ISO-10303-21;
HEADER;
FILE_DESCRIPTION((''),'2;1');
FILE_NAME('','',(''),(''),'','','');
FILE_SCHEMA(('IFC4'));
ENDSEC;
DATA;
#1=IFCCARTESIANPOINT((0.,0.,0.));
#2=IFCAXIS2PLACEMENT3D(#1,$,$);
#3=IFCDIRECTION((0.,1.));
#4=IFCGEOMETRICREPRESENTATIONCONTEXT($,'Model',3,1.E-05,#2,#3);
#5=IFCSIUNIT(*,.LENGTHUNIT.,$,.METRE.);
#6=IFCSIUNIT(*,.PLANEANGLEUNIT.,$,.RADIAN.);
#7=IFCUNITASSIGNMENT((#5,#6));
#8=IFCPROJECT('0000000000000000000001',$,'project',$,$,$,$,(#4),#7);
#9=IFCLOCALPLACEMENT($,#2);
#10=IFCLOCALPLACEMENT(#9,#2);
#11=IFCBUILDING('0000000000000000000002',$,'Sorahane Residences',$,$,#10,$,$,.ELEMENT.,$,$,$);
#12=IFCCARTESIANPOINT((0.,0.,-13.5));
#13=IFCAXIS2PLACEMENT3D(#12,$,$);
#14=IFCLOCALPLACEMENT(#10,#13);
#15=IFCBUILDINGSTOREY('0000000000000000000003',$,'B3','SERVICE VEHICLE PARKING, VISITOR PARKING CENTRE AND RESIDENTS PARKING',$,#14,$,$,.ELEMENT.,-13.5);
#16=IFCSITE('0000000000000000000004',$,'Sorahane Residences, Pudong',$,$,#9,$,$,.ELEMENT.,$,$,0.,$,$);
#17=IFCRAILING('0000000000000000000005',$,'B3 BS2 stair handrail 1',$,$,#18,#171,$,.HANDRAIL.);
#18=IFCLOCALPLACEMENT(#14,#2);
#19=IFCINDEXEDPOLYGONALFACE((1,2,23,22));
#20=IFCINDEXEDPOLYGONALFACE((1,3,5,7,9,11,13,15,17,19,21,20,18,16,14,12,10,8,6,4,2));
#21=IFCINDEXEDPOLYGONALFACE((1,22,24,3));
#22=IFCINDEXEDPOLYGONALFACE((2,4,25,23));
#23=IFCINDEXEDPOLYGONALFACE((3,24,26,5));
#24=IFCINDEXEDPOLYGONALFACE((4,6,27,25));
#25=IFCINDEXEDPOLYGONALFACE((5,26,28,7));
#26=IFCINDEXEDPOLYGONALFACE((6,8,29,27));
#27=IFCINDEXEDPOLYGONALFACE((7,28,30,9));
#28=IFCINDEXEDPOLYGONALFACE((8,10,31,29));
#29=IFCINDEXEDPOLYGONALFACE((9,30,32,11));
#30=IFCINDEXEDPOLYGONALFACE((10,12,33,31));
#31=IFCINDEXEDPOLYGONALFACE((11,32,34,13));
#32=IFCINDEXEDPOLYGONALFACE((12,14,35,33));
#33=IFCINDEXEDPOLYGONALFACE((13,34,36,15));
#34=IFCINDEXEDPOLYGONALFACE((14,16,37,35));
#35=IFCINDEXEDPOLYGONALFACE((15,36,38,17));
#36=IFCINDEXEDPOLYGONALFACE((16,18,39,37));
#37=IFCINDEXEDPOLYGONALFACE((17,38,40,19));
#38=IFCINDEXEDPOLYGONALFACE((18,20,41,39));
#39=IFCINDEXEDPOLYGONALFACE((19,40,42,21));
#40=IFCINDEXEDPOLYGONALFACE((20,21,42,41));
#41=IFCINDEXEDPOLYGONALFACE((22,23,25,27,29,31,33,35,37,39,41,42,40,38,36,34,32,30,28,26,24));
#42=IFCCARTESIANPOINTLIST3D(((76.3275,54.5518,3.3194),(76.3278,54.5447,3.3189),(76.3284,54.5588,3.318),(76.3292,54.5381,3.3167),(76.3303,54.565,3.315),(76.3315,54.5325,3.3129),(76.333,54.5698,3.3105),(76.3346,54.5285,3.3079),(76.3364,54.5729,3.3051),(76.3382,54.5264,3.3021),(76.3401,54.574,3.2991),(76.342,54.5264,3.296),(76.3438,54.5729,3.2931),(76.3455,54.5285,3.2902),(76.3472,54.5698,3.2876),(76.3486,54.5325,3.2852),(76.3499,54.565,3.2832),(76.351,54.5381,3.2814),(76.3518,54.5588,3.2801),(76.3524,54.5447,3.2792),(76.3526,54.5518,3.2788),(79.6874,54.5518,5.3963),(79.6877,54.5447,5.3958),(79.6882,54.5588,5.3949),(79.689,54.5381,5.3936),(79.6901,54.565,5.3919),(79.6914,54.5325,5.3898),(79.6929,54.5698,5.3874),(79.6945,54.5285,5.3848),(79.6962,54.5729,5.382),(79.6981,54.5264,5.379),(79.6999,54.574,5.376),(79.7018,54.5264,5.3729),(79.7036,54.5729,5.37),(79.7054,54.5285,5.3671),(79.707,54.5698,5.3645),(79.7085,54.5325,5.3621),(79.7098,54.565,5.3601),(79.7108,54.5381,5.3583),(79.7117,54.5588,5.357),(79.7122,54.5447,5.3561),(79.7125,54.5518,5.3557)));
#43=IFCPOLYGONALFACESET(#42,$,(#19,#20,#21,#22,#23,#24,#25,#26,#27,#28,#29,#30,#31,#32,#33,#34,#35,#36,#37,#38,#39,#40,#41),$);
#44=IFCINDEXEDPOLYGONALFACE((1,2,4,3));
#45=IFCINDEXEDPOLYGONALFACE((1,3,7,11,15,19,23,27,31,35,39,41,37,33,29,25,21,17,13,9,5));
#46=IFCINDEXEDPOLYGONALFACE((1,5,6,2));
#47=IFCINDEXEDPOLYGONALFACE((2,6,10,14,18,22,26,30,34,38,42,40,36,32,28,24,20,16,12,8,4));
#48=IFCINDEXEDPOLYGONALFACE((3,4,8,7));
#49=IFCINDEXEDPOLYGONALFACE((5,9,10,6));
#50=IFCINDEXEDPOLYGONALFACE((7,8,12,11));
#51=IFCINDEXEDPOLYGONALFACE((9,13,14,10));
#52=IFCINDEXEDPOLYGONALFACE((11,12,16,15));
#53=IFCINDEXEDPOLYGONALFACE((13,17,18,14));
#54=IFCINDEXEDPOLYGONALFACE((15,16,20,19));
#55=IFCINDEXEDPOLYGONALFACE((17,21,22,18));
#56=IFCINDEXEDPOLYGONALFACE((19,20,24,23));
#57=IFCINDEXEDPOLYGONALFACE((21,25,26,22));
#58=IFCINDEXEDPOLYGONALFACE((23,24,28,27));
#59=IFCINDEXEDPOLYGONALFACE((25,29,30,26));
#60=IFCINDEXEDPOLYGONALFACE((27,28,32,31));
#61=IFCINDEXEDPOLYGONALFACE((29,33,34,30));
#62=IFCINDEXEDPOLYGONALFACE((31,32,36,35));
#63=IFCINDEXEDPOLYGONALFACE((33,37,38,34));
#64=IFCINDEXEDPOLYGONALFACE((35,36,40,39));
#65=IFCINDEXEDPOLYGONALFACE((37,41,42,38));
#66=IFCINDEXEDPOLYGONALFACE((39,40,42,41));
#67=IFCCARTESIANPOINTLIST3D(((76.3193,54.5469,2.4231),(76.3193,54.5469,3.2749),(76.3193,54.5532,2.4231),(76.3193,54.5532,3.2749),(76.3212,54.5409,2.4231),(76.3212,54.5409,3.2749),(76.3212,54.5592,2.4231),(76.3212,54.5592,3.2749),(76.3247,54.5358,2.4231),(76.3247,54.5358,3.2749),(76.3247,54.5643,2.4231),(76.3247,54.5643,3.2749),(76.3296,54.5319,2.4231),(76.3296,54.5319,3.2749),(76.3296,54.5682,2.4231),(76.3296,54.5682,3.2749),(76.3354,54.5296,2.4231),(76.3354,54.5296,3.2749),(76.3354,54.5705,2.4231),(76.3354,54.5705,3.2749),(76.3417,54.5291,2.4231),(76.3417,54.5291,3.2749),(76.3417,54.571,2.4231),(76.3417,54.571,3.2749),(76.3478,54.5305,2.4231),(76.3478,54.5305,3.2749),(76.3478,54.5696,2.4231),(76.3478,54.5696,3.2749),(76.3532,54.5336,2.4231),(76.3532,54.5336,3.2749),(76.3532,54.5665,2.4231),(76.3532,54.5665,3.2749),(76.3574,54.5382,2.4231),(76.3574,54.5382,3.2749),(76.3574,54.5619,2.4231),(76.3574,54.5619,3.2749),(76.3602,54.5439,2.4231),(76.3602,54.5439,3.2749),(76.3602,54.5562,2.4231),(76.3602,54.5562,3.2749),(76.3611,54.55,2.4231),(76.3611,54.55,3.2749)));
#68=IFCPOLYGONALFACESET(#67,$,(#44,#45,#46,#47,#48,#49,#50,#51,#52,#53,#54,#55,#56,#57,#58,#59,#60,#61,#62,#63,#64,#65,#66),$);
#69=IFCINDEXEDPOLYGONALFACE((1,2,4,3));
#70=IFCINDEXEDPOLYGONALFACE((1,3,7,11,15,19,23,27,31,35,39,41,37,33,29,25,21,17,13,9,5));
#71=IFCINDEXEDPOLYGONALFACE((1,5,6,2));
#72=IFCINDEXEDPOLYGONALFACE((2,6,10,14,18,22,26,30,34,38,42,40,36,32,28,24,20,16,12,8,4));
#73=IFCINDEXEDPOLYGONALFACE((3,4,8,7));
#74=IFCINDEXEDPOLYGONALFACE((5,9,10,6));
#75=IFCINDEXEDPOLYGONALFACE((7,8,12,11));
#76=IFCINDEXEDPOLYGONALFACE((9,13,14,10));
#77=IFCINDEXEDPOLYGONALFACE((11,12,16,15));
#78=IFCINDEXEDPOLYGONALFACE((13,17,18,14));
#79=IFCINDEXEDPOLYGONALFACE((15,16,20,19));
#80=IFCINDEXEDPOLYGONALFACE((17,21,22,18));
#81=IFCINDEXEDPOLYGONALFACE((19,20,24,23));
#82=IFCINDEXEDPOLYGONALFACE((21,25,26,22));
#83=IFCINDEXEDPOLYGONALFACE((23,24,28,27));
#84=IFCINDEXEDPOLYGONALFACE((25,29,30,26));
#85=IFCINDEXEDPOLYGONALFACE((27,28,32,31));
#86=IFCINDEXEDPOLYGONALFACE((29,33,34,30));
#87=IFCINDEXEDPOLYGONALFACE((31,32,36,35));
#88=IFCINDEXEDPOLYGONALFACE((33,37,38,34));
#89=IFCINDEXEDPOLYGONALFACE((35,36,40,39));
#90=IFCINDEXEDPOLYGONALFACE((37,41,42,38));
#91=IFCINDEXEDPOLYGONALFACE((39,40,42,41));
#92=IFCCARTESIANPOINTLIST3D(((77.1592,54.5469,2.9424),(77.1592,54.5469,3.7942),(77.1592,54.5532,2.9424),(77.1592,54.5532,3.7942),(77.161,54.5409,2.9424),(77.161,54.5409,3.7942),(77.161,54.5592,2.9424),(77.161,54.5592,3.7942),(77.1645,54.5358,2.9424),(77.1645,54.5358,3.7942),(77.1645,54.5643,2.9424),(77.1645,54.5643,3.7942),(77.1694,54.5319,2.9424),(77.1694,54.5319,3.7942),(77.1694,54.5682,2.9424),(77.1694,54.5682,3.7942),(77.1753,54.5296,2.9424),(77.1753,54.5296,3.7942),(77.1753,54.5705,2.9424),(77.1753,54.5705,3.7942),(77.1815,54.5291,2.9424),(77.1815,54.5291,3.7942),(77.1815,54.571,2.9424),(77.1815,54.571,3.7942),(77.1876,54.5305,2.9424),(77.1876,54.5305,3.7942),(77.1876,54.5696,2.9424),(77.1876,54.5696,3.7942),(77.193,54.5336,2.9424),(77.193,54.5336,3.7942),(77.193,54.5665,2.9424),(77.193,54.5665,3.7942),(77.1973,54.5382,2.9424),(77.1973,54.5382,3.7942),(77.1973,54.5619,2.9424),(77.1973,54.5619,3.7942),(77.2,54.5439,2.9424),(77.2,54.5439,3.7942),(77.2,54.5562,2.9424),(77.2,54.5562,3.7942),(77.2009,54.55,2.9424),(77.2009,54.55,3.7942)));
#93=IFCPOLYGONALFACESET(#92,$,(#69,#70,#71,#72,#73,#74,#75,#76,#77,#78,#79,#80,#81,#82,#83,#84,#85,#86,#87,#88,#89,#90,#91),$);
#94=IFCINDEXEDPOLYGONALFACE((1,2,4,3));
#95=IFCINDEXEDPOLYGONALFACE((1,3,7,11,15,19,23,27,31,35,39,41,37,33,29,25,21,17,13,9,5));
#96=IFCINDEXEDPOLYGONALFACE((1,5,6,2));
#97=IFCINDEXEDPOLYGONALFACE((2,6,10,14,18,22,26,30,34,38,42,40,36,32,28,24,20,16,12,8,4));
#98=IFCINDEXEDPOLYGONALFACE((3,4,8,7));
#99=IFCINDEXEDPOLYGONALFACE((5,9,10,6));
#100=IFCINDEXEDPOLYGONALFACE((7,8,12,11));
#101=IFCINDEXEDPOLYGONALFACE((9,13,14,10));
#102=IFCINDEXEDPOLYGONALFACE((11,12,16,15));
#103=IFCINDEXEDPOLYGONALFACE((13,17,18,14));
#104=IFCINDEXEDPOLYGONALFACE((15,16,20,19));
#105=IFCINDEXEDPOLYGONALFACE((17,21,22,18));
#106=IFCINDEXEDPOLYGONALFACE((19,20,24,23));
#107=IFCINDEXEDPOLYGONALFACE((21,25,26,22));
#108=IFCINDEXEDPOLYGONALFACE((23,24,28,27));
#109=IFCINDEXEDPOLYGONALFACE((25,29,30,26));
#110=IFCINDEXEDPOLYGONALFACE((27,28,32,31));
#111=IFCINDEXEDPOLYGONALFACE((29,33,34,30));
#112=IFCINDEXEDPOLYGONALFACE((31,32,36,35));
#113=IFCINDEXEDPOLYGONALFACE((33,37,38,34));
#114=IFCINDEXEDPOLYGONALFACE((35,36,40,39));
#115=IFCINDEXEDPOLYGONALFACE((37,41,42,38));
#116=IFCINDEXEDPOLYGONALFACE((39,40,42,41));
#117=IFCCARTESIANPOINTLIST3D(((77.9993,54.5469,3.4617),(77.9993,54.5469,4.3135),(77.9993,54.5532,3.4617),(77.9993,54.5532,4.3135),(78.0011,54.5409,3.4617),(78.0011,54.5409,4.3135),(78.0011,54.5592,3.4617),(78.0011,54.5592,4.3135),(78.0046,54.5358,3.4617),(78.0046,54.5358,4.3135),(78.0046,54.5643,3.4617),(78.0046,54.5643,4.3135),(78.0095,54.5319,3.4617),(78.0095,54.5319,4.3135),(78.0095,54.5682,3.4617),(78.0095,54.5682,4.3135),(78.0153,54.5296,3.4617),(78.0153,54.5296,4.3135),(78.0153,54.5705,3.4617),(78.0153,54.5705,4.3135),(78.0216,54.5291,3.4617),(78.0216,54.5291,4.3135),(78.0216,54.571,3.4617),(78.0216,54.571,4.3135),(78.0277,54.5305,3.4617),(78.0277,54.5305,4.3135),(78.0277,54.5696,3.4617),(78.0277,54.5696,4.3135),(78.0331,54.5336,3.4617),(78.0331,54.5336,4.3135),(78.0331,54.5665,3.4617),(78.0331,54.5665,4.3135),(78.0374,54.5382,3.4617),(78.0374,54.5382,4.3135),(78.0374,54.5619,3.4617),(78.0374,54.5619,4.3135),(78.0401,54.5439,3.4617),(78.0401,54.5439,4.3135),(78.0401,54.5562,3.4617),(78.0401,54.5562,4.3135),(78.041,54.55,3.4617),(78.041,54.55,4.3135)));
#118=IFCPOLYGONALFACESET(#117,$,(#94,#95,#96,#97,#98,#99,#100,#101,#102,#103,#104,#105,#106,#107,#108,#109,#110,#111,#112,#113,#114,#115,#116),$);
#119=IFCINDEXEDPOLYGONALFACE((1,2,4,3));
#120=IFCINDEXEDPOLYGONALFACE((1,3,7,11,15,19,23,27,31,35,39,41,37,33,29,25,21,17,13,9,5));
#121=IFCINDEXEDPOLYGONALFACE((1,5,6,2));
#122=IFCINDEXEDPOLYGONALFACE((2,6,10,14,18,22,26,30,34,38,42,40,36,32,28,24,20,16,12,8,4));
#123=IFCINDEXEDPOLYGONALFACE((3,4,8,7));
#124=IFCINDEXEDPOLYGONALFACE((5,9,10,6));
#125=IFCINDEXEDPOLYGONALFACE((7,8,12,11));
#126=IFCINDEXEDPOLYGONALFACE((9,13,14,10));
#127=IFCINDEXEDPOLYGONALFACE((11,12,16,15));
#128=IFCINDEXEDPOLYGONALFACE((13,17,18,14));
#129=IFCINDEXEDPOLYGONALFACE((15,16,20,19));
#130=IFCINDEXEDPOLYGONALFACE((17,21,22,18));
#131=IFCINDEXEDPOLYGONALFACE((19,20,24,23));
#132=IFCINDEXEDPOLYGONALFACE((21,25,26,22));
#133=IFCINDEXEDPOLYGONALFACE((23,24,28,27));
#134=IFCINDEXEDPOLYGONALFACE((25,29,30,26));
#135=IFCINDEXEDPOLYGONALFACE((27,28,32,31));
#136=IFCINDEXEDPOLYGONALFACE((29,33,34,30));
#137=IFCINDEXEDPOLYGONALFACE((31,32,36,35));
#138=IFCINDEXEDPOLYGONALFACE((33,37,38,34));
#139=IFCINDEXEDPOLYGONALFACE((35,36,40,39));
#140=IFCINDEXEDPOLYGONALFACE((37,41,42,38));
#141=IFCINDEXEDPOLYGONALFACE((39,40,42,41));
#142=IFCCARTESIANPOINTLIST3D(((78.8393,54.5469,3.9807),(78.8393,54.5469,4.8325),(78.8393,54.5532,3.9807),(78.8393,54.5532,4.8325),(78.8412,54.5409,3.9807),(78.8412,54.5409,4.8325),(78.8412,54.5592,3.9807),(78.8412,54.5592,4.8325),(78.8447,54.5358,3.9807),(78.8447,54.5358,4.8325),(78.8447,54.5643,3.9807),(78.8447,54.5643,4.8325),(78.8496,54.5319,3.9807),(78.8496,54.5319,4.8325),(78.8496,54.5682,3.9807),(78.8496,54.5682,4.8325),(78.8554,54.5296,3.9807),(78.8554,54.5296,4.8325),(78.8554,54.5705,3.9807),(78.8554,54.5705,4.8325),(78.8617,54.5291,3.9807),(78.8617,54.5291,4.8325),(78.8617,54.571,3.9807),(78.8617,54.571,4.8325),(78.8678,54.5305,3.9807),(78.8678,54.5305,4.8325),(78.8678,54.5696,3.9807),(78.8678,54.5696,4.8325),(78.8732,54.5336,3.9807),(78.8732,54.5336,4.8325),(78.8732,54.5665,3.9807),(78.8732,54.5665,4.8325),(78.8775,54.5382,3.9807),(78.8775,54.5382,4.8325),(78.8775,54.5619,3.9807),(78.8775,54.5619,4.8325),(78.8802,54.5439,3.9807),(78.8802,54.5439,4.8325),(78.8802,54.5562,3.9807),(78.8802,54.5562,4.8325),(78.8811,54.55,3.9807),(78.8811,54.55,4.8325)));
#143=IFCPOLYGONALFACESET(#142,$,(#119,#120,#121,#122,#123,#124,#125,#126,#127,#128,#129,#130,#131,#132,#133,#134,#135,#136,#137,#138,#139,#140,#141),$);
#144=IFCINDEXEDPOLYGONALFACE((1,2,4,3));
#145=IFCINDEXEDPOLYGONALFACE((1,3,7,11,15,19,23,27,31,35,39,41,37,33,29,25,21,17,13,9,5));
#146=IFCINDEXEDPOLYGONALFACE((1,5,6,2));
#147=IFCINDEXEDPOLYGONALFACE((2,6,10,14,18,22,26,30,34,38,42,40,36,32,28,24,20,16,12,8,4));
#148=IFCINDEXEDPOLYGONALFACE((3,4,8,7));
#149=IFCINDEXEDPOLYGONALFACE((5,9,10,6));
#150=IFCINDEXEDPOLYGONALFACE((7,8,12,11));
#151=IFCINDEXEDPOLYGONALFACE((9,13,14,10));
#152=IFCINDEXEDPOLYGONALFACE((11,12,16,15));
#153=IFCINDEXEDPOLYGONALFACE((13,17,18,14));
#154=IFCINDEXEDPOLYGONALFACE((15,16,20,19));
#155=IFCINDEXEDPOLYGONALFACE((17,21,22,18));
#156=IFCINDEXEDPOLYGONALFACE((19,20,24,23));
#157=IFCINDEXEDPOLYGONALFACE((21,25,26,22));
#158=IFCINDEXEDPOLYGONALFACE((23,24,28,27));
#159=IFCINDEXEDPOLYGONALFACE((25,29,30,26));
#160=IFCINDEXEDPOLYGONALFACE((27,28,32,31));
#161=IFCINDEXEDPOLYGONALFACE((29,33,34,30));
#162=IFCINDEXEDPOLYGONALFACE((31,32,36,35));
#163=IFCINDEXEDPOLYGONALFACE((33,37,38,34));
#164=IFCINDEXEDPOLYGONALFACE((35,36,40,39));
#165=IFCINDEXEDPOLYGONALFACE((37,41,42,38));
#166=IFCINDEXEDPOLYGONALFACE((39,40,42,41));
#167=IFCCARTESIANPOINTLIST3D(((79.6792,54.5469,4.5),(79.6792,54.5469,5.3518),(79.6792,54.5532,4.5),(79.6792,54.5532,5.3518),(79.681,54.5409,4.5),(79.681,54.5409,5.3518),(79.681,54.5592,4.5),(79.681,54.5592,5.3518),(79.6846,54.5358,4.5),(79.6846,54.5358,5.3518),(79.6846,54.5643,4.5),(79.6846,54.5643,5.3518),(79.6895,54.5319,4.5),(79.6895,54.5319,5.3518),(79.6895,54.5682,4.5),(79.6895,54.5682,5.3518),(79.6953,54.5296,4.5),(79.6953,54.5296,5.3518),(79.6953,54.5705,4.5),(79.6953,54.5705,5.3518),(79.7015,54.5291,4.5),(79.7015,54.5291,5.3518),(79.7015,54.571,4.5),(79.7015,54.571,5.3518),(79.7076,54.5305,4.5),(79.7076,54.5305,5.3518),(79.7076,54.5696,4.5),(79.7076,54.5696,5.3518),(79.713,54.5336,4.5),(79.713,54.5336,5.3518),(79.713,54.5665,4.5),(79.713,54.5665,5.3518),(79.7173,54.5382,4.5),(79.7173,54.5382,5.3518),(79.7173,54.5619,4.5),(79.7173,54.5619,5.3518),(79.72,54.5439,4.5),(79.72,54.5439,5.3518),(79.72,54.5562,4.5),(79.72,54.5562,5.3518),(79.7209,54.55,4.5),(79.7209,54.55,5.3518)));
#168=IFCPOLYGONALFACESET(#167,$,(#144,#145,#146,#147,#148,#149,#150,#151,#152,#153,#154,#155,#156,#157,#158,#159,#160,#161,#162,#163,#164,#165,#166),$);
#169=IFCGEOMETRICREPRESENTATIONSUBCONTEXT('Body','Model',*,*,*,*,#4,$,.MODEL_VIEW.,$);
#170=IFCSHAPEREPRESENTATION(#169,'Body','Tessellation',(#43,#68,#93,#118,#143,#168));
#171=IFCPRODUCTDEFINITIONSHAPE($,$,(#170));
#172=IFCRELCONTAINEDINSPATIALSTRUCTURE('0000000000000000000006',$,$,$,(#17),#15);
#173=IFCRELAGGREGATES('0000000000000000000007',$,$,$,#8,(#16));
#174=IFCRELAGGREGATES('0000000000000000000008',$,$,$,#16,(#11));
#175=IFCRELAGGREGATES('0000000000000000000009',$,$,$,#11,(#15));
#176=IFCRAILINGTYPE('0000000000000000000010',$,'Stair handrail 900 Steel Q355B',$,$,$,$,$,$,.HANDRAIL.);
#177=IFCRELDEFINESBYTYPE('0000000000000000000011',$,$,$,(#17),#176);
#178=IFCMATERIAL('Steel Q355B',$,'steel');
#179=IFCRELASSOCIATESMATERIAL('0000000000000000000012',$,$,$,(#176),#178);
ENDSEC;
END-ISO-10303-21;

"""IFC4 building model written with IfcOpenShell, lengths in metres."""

from ifc_helpers import new_model, si_unit, direction, frame, origin, origin_2d, place, context, subcontext, project, spatial, circle, extrude, material, type_object, element, save


model = new_model("IFC4")

# Units and contexts
model_context = context("Model", 3, precision=1e-05, world=origin(), true_north=direction((0.0, 1.0)))
body_context = subcontext(model_context, "Body", "Model", "MODEL_VIEW")
ifc_project = project(units=[si_unit("LENGTHUNIT", "METRE"), si_unit("PLANEANGLEUNIT", "RADIAN")], contexts=[model_context])

# Site, building, storey
site_placement = place(None, origin())
site = spatial("IfcSite", under=ifc_project, at=site_placement, Name="Sorahane Residences, Pudong", CompositionType="ELEMENT", RefElevation=0.0)
building_placement = place(site_placement, origin())
building = spatial("IfcBuilding", under=site, at=building_placement, Name="Sorahane Residences", CompositionType="ELEMENT")
storey_placement = place(building_placement, frame((0.0, 0.0, -13.5)))
storey = spatial("IfcBuildingStorey", under=building, at=storey_placement, Name="B3", Description="SERVICE VEHICLE PARKING, VISITOR PARKING CENTRE AND RESIDENTS PARKING", CompositionType="ELEMENT", Elevation=-13.5)

# Railing
ifc_material_1 = material(Name="Steel Q355B", Category="steel")
railing_type_1 = type_object("IfcRailingType", Name="Stair handrail 900 Steel Q355B", PredefinedType="HANDRAIL", material=ifc_material_1)
railing_1_placement = place(storey_placement, frame((76.3401, 54.55, 2.4231)))
element("IfcRailing", 1, at=railing_1_placement, inside=storey, type_object=railing_type_1, Name="B3 BS2 stair handrail 1", PredefinedType="HANDRAIL", context=body_context, shape_type="SweptSolid", body=[
    extrude(circle(Radius=0.0239, at=origin_2d()), frame((0.0, 0.0, 0.876), z_axis=(0.850606, 0.0, 0.525803), x_axis=(0.0, 1.0, 0.0)), (0.0, 0.0, 1.0), 3.95),
    extrude(circle(Radius=0.021, at=origin_2d()), origin(), (0.0, 0.0, 1.0), 0.8518),
    extrude(circle(Radius=0.021, at=origin_2d()), frame((0.8398, 0.0, 0.5193)), (0.0, 0.0, 1.0), 0.8518),
    extrude(circle(Radius=0.021, at=origin_2d()), frame((1.6799, 0.0, 1.0386)), (0.0, 0.0, 1.0), 0.8518),
    extrude(circle(Radius=0.021, at=origin_2d()), frame((2.52, 0.0, 1.5576)), (0.0, 0.0, 1.0), 0.8518),
    extrude(circle(Radius=0.021, at=origin_2d()), frame((3.3599, 0.0, 2.0769)), (0.0, 0.0, 1.0), 0.8518),
])

save(model, "model.ifc")
